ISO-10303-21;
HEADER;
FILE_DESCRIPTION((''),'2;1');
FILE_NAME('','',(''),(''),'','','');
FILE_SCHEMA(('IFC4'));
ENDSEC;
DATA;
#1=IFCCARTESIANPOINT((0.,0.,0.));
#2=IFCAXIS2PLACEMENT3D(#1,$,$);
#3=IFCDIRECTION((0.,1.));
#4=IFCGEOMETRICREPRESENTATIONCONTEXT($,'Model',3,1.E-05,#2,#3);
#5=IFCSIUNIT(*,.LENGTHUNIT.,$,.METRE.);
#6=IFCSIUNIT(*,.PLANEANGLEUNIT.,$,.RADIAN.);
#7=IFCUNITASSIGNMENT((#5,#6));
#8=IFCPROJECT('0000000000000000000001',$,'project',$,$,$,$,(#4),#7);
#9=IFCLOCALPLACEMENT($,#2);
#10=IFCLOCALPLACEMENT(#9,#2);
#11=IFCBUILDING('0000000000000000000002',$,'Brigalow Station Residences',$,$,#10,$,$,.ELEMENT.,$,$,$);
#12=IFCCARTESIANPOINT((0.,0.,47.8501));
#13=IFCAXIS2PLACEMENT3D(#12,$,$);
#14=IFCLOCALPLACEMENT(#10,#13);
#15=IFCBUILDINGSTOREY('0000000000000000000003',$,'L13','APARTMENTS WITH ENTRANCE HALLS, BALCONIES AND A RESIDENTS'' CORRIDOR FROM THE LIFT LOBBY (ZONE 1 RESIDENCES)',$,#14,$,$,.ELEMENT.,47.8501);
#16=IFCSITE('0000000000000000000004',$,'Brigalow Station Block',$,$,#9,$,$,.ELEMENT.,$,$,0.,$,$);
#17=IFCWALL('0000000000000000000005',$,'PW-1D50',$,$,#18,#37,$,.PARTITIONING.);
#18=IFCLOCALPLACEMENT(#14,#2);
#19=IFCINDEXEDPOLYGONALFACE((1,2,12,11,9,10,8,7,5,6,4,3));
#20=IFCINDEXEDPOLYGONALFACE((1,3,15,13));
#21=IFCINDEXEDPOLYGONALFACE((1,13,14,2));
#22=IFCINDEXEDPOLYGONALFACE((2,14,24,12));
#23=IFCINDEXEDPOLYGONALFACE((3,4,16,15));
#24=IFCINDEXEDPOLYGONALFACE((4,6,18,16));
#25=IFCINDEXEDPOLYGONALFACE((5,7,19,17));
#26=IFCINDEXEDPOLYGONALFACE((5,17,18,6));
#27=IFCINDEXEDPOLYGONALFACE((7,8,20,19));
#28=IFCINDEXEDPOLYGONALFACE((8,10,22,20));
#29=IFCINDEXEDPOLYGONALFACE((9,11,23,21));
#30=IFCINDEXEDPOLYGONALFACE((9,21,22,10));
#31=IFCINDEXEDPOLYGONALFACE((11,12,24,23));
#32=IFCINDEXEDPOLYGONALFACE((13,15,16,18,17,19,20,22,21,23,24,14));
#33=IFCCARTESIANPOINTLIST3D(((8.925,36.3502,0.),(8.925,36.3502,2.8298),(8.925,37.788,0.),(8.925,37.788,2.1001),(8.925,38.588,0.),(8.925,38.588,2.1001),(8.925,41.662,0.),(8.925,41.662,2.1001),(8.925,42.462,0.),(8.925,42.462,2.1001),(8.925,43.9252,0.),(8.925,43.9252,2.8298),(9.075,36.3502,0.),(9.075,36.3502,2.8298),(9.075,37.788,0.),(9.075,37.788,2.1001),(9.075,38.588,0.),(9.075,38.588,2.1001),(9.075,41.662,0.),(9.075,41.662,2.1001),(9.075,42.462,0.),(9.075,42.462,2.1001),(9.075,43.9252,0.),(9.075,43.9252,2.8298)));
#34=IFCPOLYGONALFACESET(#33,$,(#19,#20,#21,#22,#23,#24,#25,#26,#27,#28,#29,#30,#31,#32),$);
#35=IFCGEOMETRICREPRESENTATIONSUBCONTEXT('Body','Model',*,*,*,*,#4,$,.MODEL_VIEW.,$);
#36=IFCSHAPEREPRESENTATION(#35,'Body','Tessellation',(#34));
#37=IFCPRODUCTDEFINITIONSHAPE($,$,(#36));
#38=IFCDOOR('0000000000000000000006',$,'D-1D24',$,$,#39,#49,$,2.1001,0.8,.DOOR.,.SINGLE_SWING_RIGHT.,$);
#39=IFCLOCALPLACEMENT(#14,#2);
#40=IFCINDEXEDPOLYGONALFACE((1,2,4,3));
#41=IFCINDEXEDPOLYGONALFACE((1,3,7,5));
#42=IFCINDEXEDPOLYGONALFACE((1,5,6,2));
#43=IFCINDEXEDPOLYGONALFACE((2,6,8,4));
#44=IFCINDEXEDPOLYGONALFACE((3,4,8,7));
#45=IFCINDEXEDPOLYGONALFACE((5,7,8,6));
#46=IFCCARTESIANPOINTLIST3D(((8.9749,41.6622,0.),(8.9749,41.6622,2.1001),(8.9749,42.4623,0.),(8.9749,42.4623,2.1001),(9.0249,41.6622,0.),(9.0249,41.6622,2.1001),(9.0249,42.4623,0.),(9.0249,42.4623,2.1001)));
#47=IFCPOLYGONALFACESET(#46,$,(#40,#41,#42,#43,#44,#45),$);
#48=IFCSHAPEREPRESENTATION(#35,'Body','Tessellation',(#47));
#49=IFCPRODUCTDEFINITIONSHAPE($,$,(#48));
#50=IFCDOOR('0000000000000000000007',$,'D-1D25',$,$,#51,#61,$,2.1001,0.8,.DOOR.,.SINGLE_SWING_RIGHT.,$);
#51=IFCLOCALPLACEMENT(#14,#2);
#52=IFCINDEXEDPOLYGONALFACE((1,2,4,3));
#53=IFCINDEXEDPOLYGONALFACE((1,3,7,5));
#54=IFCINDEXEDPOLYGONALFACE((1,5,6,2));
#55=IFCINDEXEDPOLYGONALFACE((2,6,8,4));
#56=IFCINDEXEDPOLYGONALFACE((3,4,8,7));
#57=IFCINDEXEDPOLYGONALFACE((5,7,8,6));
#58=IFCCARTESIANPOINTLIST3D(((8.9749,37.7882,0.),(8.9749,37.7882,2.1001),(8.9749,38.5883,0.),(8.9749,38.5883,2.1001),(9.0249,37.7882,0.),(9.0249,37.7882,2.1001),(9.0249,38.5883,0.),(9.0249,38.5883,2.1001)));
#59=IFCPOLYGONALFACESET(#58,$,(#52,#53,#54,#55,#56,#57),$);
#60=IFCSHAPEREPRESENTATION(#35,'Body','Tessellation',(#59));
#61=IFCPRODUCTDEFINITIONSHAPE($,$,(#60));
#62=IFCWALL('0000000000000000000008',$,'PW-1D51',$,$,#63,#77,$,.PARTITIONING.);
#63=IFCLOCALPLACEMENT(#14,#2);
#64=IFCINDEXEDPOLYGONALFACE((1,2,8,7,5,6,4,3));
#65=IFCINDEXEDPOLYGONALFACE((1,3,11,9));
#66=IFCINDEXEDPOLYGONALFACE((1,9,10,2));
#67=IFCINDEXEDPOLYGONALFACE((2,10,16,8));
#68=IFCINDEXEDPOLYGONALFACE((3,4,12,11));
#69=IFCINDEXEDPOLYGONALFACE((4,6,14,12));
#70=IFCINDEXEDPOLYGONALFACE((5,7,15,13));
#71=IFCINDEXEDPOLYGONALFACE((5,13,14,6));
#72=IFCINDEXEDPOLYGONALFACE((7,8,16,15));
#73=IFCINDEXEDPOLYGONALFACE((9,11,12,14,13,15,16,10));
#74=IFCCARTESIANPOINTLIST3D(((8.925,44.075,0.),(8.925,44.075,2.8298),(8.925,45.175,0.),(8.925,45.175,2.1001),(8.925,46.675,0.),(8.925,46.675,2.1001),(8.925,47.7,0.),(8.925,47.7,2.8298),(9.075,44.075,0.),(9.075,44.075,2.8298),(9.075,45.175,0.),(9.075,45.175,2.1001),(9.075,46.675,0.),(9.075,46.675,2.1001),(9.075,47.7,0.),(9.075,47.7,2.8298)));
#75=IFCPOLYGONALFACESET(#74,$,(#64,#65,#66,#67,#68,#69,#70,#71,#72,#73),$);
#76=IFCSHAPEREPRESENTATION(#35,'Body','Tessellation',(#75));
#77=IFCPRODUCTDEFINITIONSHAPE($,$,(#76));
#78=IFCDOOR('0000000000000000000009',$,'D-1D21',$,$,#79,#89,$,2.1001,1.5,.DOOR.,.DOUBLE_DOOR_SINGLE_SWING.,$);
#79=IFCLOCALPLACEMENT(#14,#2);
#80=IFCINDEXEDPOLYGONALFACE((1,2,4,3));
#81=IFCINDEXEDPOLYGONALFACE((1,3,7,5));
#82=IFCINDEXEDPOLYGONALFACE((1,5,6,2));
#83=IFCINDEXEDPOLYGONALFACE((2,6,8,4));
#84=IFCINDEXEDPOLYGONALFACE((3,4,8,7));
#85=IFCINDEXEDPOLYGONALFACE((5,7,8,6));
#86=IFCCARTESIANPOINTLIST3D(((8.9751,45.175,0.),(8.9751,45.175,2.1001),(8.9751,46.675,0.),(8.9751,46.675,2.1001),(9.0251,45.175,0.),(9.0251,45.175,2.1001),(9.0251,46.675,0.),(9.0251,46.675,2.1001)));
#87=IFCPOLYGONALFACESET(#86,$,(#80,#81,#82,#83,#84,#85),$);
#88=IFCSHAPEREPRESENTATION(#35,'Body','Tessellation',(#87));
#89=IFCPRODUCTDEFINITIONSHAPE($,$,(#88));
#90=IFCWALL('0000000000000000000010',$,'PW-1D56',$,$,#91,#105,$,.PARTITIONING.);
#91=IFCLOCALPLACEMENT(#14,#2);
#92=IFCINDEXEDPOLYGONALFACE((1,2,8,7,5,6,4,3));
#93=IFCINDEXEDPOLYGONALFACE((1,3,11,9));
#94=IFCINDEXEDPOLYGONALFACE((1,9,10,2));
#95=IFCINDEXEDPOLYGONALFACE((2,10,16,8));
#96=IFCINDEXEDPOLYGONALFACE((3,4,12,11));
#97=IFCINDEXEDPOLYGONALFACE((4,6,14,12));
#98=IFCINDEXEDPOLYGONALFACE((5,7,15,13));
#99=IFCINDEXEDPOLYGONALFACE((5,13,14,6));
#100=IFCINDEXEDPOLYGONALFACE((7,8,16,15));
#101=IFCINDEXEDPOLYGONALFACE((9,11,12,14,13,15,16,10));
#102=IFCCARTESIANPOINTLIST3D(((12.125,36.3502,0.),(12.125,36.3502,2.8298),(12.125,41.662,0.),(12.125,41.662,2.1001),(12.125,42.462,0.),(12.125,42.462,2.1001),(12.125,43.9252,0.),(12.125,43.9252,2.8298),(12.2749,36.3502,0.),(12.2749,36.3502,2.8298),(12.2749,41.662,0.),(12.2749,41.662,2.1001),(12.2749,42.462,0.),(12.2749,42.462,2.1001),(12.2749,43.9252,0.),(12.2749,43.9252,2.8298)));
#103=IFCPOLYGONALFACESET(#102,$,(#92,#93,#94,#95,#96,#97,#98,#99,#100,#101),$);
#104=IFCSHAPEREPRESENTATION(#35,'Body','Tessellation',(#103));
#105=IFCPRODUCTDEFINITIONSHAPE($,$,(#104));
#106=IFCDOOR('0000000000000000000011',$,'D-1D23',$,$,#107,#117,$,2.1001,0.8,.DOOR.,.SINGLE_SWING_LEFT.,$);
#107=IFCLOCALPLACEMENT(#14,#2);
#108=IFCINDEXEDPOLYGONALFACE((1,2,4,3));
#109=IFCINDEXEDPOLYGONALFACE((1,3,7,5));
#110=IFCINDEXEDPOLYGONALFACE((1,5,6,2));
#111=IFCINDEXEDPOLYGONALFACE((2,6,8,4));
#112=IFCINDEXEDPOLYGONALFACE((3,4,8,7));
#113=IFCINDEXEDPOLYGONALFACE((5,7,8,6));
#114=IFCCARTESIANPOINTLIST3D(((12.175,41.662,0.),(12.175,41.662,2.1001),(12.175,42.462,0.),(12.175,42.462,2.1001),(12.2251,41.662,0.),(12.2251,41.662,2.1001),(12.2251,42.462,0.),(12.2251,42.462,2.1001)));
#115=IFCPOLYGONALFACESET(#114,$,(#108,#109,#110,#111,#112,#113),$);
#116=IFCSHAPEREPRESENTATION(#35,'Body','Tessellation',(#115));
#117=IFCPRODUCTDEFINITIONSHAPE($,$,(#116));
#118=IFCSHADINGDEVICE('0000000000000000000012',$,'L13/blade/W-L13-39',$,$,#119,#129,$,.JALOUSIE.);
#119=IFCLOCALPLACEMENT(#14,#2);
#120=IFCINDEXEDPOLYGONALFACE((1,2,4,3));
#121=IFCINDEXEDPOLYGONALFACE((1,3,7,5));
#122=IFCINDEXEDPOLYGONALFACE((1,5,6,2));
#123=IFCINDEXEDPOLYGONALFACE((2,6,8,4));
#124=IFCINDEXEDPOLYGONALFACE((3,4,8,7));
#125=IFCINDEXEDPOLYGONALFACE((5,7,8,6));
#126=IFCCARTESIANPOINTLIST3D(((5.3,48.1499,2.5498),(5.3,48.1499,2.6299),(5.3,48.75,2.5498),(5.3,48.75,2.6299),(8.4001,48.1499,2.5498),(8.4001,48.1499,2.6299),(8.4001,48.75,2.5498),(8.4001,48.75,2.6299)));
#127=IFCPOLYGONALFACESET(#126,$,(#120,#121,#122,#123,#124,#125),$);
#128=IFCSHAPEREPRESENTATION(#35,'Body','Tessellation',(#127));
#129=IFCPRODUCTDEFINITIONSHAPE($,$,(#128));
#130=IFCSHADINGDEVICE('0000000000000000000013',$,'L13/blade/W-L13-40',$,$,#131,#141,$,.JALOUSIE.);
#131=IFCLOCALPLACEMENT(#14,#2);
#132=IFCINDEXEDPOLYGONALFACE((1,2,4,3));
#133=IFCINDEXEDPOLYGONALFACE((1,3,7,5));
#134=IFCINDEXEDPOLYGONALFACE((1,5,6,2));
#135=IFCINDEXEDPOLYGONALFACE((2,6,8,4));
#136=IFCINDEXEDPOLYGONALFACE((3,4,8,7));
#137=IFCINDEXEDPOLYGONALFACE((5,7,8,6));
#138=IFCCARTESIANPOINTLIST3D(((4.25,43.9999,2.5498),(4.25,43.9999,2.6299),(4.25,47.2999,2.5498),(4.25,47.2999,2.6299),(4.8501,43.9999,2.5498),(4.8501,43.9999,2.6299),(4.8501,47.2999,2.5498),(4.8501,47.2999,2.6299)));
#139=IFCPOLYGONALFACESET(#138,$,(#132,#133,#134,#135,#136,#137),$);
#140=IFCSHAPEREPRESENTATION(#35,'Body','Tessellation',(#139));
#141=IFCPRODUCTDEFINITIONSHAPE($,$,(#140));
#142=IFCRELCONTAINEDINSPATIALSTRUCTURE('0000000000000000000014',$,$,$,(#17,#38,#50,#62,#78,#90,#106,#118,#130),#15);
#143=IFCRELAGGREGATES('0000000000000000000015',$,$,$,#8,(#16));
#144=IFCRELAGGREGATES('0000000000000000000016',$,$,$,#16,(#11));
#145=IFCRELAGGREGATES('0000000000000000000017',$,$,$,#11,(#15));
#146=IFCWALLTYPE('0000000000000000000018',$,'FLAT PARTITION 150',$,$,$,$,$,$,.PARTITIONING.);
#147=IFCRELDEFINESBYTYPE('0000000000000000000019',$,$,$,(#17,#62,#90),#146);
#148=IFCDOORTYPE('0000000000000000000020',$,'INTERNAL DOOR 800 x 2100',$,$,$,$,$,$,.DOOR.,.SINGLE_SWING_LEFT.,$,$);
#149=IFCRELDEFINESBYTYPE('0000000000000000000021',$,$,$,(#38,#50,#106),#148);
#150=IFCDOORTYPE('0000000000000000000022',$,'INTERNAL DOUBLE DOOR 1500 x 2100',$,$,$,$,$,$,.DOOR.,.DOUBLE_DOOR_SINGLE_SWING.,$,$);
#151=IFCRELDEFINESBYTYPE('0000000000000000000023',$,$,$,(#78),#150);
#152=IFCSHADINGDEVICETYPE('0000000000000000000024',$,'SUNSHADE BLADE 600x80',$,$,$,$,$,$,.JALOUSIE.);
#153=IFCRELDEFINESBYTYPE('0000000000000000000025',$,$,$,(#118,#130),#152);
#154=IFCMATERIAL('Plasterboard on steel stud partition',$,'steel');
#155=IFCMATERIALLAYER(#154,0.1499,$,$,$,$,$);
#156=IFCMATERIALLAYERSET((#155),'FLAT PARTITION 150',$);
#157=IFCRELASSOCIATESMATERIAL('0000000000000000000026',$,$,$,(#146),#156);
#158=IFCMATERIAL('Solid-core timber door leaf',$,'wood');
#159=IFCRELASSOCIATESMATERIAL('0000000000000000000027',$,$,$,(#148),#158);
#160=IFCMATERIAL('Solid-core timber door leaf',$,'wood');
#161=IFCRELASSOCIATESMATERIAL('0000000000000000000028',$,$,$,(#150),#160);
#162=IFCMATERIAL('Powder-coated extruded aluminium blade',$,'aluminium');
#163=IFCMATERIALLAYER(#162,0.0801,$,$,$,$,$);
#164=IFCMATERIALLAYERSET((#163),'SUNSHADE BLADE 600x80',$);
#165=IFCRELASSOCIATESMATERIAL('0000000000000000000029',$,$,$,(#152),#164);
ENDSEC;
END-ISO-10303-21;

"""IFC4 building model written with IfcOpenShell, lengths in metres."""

from ifc_helpers import new_model, si_unit, direction, frame, frame_2d, origin, origin_2d, place, context, subcontext, project, spatial, rectangle, extrude, material, layer, layer_set, type_object, element, fill, save


model = new_model("IFC4")

# Units and contexts
model_context = context("Model", 3, precision=1e-05, world=origin(), true_north=direction((0.0, 1.0)))
body_context = subcontext(model_context, "Body", "Model", "MODEL_VIEW")
ifc_project = project(units=[si_unit("LENGTHUNIT", "METRE"), si_unit("PLANEANGLEUNIT", "RADIAN")], contexts=[model_context])

# Site, building, storey
site_placement = place(None, origin())
site = spatial("IfcSite", under=ifc_project, at=site_placement, Name="Brigalow Station Block", CompositionType="ELEMENT", RefElevation=0.0)
building_placement = place(site_placement, origin())
building = spatial("IfcBuilding", under=site, at=building_placement, Name="Brigalow Station Residences", CompositionType="ELEMENT")
storey_placement = place(building_placement, frame((0.0, 0.0, 47.8501)))
storey = spatial("IfcBuildingStorey", under=building, at=storey_placement, Name="L13", Description="APARTMENTS WITH ENTRANCE HALLS, BALCONIES AND A RESIDENTS' CORRIDOR FROM THE LIFT LOBBY (ZONE 1 RESIDENCES)", CompositionType="ELEMENT", Elevation=47.8501)

# Shared definitions
ifc_material_1 = material(Name="Plasterboard on steel stud partition", Category="steel")
ifc_layer_1 = layer(ifc_material_1, 0.1499)
ifc_layer_set_1 = layer_set([ifc_layer_1], Name="FLAT PARTITION 150")
wall_type_1 = type_object("IfcWallType", Name="FLAT PARTITION 150", PredefinedType="PARTITIONING", material=ifc_layer_set_1)

# Shared definitions
ifc_material_2 = material(Name="Solid-core timber door leaf", Category="wood")
door_type_1 = type_object("IfcDoorType", Name="INTERNAL DOOR 800 x 2100", OperationType="SINGLE_SWING_LEFT", PredefinedType="DOOR", material=ifc_material_2)

# Wall, openings, doors
wall_1_placement = place(storey_placement, frame((9.0, 36.3501, 0.0), z_axis=(0.0, 0.0, 1.0), x_axis=(0.0, 1.0, 0.0)))
wall_1 = element("IfcWall", 1, at=wall_1_placement, inside=storey, type_object=wall_type_1, Name="PW-1D50", PredefinedType="PARTITIONING", context=body_context, shape_type="SweptSolid", body=[
    extrude(rectangle(XDim=7.575, YDim=0.1499, at=frame_2d((3.7876, 0.0))), origin(), (0.0, 0.0, 1.0), 2.8298),
])
opening_1_placement = place(wall_1_placement, frame((5.312, 0.0, 0.0)))
opening_1 = element("IfcOpeningElement", 2, at=opening_1_placement, cuts=wall_1, PredefinedType="OPENING", context=body_context, shape_type="SweptSolid", body=[
    extrude(rectangle(XDim=0.8, YDim=2.1001, at=frame_2d((0.3999, 1.05))), frame((0.0, 0.085, 0.0), z_axis=(0.0, -1.0, 0.0), x_axis=(1.0, 0.0, 0.0)), (0.0, 0.0, 1.0), 0.1699),
])
opening_2_placement = place(wall_1_placement, frame((1.438, 0.0, 0.0)))
opening_2 = element("IfcOpeningElement", 3, at=opening_2_placement, cuts=wall_1, PredefinedType="OPENING", context=body_context, shape_type="SweptSolid", body=[
    extrude(rectangle(XDim=0.8, YDim=2.1001, at=frame_2d((0.3999, 1.05))), frame((0.0, 0.085, 0.0), z_axis=(0.0, -1.0, 0.0), x_axis=(1.0, 0.0, 0.0)), (0.0, 0.0, 1.0), 0.1699),
])
door_1_placement = place(opening_1_placement, frame((0.8, 0.0, 0.0), z_axis=(0.0, 0.0, 1.0), x_axis=(-1.0, 0.0, 0.0)))
door_1 = element("IfcDoor", 4, at=door_1_placement, inside=storey, type_object=door_type_1, Name="D-1D24", OperationType="SINGLE_SWING_RIGHT", OverallHeight=2.1001, OverallWidth=0.8, PredefinedType="DOOR", context=body_context, shape_type="SweptSolid", body=[
    extrude(rectangle(XDim=0.8, YDim=2.1001, at=frame_2d((0.3999, 1.05))), frame((0.0, 0.0249, 0.0), z_axis=(0.0, -1.0, 0.0), x_axis=(1.0, 0.0, 0.0)), (0.0, 0.0, 1.0), 0.05),
])
fill(opening_1, door_1)
door_2_placement = place(opening_2_placement, frame((0.8, 0.0, 0.0), z_axis=(0.0, 0.0, 1.0), x_axis=(-1.0, 0.0, 0.0)))
door_2 = element("IfcDoor", 5, at=door_2_placement, inside=storey, type_object=door_type_1, Name="D-1D25", OperationType="SINGLE_SWING_RIGHT", OverallHeight=2.1001, OverallWidth=0.8, PredefinedType="DOOR", context=body_context, shape_type="SweptSolid", body=[
    extrude(rectangle(XDim=0.8, YDim=2.1001, at=frame_2d((0.3999, 1.05))), frame((0.0, 0.0249, 0.0), z_axis=(0.0, -1.0, 0.0), x_axis=(1.0, 0.0, 0.0)), (0.0, 0.0, 1.0), 0.05),
])
fill(opening_2, door_2)

# Walls, openings, doors
wall_2_placement = place(storey_placement, frame((9.0, 44.075, 0.0), z_axis=(0.0, 0.0, 1.0), x_axis=(0.0, 1.0, 0.0)))
wall_2 = element("IfcWall", 6, at=wall_2_placement, inside=storey, type_object=wall_type_1, Name="PW-1D51", PredefinedType="PARTITIONING", context=body_context, shape_type="SweptSolid", body=[
    extrude(rectangle(XDim=3.625, YDim=0.1499, at=frame_2d((1.8125, 0.0))), origin(), (0.0, 0.0, 1.0), 2.8298),
])
opening_3_placement = place(wall_2_placement, frame((1.1001, 0.0, 0.0)))
opening_3 = element("IfcOpeningElement", 7, at=opening_3_placement, cuts=wall_2, PredefinedType="OPENING", context=body_context, shape_type="SweptSolid", body=[
    extrude(rectangle(XDim=1.5, YDim=2.1001, at=frame_2d((0.75, 1.05))), frame((0.0, 0.085, 0.0), z_axis=(0.0, -1.0, 0.0), x_axis=(1.0, 0.0, 0.0)), (0.0, 0.0, 1.0), 0.1699),
])
ifc_material_3 = material(Name="Solid-core timber door leaf", Category="wood")
door_type_2 = type_object("IfcDoorType", Name="INTERNAL DOUBLE DOOR 1500 x 2100", OperationType="DOUBLE_DOOR_SINGLE_SWING", PredefinedType="DOOR", material=ifc_material_3)
door_3_placement = place(opening_3_placement, origin())
door_3 = element("IfcDoor", 8, at=door_3_placement, inside=storey, type_object=door_type_2, Name="D-1D21", OperationType="DOUBLE_DOOR_SINGLE_SWING", OverallHeight=2.1001, OverallWidth=1.5, PredefinedType="DOOR", context=body_context, shape_type="SweptSolid", body=[
    extrude(rectangle(XDim=1.5, YDim=2.1001, at=frame_2d((0.75, 1.05))), frame((0.0, 0.0249, 0.0), z_axis=(0.0, -1.0, 0.0), x_axis=(1.0, 0.0, 0.0)), (0.0, 0.0, 1.0), 0.05),
])
fill(opening_3, door_3)
wall_3_placement = place(storey_placement, frame((12.2, 36.3501, 0.0), z_axis=(0.0, 0.0, 1.0), x_axis=(0.0, 1.0, 0.0)))
wall_3 = element("IfcWall", 9, at=wall_3_placement, inside=storey, type_object=wall_type_1, Name="PW-1D56", PredefinedType="PARTITIONING", context=body_context, shape_type="SweptSolid", body=[
    extrude(rectangle(XDim=7.575, YDim=0.1499, at=frame_2d((3.7876, 0.0))), origin(), (0.0, 0.0, 1.0), 2.8298),
])
opening_4_placement = place(wall_3_placement, frame((5.312, 0.0, 0.0)))
opening_4 = element("IfcOpeningElement", 10, at=opening_4_placement, cuts=wall_3, PredefinedType="OPENING", context=body_context, shape_type="SweptSolid", body=[
    extrude(rectangle(XDim=0.8, YDim=2.1001, at=frame_2d((0.3999, 1.05))), frame((0.0, 0.085, 0.0), z_axis=(0.0, -1.0, 0.0), x_axis=(1.0, 0.0, 0.0)), (0.0, 0.0, 1.0), 0.1699),
])
door_4_placement = place(opening_4_placement, origin())
door_4 = element("IfcDoor", 11, at=door_4_placement, inside=storey, type_object=door_type_1, Name="D-1D23", OperationType="SINGLE_SWING_LEFT", OverallHeight=2.1001, OverallWidth=0.8, PredefinedType="DOOR", context=body_context, shape_type="SweptSolid", body=[
    extrude(rectangle(XDim=0.8, YDim=2.1001, at=frame_2d((0.3999, 1.05))), frame((0.0, 0.0249, 0.0), z_axis=(0.0, -1.0, 0.0), x_axis=(1.0, 0.0, 0.0)), (0.0, 0.0, 1.0), 0.05),
])
fill(opening_4, door_4)

# Shading devices
ifc_material_4 = material(Name="Powder-coated extruded aluminium blade", Category="aluminium")
ifc_layer_2 = layer(ifc_material_4, 0.0801)
ifc_layer_set_2 = layer_set([ifc_layer_2], Name="SUNSHADE BLADE 600x80")
shading_device_type = type_object("IfcShadingDeviceType", Name="SUNSHADE BLADE 600x80", PredefinedType="JALOUSIE", material=ifc_layer_set_2)
shading_device_1_placement = place(storey_placement, frame((6.8501, 48.45, 2.5498), z_axis=(0.0, 0.0, 1.0), x_axis=(-1.0, 0.0, 0.0)))
element("IfcShadingDevice", 12, at=shading_device_1_placement, inside=storey, type_object=shading_device_type, Name="L13/blade/W-L13-39", PredefinedType="JALOUSIE", context=body_context, shape_type="SweptSolid", body=[
    extrude(rectangle(XDim=3.1001, YDim=0.6001, at=origin_2d()), origin(), (0.0, 0.0, 1.0), 0.0801),
])
shading_device_2_placement = place(storey_placement, frame((4.55, 45.6499, 2.5498), z_axis=(0.0, 0.0, 1.0), x_axis=(0.0, -1.0, 0.0)))
element("IfcShadingDevice", 13, at=shading_device_2_placement, inside=storey, type_object=shading_device_type, Name="L13/blade/W-L13-40", PredefinedType="JALOUSIE", context=body_context, shape_type="SweptSolid", body=[
    extrude(rectangle(XDim=3.3, YDim=0.6001, at=origin_2d()), origin(), (0.0, 0.0, 1.0), 0.0801),
])

save(model, "model.ifc")
